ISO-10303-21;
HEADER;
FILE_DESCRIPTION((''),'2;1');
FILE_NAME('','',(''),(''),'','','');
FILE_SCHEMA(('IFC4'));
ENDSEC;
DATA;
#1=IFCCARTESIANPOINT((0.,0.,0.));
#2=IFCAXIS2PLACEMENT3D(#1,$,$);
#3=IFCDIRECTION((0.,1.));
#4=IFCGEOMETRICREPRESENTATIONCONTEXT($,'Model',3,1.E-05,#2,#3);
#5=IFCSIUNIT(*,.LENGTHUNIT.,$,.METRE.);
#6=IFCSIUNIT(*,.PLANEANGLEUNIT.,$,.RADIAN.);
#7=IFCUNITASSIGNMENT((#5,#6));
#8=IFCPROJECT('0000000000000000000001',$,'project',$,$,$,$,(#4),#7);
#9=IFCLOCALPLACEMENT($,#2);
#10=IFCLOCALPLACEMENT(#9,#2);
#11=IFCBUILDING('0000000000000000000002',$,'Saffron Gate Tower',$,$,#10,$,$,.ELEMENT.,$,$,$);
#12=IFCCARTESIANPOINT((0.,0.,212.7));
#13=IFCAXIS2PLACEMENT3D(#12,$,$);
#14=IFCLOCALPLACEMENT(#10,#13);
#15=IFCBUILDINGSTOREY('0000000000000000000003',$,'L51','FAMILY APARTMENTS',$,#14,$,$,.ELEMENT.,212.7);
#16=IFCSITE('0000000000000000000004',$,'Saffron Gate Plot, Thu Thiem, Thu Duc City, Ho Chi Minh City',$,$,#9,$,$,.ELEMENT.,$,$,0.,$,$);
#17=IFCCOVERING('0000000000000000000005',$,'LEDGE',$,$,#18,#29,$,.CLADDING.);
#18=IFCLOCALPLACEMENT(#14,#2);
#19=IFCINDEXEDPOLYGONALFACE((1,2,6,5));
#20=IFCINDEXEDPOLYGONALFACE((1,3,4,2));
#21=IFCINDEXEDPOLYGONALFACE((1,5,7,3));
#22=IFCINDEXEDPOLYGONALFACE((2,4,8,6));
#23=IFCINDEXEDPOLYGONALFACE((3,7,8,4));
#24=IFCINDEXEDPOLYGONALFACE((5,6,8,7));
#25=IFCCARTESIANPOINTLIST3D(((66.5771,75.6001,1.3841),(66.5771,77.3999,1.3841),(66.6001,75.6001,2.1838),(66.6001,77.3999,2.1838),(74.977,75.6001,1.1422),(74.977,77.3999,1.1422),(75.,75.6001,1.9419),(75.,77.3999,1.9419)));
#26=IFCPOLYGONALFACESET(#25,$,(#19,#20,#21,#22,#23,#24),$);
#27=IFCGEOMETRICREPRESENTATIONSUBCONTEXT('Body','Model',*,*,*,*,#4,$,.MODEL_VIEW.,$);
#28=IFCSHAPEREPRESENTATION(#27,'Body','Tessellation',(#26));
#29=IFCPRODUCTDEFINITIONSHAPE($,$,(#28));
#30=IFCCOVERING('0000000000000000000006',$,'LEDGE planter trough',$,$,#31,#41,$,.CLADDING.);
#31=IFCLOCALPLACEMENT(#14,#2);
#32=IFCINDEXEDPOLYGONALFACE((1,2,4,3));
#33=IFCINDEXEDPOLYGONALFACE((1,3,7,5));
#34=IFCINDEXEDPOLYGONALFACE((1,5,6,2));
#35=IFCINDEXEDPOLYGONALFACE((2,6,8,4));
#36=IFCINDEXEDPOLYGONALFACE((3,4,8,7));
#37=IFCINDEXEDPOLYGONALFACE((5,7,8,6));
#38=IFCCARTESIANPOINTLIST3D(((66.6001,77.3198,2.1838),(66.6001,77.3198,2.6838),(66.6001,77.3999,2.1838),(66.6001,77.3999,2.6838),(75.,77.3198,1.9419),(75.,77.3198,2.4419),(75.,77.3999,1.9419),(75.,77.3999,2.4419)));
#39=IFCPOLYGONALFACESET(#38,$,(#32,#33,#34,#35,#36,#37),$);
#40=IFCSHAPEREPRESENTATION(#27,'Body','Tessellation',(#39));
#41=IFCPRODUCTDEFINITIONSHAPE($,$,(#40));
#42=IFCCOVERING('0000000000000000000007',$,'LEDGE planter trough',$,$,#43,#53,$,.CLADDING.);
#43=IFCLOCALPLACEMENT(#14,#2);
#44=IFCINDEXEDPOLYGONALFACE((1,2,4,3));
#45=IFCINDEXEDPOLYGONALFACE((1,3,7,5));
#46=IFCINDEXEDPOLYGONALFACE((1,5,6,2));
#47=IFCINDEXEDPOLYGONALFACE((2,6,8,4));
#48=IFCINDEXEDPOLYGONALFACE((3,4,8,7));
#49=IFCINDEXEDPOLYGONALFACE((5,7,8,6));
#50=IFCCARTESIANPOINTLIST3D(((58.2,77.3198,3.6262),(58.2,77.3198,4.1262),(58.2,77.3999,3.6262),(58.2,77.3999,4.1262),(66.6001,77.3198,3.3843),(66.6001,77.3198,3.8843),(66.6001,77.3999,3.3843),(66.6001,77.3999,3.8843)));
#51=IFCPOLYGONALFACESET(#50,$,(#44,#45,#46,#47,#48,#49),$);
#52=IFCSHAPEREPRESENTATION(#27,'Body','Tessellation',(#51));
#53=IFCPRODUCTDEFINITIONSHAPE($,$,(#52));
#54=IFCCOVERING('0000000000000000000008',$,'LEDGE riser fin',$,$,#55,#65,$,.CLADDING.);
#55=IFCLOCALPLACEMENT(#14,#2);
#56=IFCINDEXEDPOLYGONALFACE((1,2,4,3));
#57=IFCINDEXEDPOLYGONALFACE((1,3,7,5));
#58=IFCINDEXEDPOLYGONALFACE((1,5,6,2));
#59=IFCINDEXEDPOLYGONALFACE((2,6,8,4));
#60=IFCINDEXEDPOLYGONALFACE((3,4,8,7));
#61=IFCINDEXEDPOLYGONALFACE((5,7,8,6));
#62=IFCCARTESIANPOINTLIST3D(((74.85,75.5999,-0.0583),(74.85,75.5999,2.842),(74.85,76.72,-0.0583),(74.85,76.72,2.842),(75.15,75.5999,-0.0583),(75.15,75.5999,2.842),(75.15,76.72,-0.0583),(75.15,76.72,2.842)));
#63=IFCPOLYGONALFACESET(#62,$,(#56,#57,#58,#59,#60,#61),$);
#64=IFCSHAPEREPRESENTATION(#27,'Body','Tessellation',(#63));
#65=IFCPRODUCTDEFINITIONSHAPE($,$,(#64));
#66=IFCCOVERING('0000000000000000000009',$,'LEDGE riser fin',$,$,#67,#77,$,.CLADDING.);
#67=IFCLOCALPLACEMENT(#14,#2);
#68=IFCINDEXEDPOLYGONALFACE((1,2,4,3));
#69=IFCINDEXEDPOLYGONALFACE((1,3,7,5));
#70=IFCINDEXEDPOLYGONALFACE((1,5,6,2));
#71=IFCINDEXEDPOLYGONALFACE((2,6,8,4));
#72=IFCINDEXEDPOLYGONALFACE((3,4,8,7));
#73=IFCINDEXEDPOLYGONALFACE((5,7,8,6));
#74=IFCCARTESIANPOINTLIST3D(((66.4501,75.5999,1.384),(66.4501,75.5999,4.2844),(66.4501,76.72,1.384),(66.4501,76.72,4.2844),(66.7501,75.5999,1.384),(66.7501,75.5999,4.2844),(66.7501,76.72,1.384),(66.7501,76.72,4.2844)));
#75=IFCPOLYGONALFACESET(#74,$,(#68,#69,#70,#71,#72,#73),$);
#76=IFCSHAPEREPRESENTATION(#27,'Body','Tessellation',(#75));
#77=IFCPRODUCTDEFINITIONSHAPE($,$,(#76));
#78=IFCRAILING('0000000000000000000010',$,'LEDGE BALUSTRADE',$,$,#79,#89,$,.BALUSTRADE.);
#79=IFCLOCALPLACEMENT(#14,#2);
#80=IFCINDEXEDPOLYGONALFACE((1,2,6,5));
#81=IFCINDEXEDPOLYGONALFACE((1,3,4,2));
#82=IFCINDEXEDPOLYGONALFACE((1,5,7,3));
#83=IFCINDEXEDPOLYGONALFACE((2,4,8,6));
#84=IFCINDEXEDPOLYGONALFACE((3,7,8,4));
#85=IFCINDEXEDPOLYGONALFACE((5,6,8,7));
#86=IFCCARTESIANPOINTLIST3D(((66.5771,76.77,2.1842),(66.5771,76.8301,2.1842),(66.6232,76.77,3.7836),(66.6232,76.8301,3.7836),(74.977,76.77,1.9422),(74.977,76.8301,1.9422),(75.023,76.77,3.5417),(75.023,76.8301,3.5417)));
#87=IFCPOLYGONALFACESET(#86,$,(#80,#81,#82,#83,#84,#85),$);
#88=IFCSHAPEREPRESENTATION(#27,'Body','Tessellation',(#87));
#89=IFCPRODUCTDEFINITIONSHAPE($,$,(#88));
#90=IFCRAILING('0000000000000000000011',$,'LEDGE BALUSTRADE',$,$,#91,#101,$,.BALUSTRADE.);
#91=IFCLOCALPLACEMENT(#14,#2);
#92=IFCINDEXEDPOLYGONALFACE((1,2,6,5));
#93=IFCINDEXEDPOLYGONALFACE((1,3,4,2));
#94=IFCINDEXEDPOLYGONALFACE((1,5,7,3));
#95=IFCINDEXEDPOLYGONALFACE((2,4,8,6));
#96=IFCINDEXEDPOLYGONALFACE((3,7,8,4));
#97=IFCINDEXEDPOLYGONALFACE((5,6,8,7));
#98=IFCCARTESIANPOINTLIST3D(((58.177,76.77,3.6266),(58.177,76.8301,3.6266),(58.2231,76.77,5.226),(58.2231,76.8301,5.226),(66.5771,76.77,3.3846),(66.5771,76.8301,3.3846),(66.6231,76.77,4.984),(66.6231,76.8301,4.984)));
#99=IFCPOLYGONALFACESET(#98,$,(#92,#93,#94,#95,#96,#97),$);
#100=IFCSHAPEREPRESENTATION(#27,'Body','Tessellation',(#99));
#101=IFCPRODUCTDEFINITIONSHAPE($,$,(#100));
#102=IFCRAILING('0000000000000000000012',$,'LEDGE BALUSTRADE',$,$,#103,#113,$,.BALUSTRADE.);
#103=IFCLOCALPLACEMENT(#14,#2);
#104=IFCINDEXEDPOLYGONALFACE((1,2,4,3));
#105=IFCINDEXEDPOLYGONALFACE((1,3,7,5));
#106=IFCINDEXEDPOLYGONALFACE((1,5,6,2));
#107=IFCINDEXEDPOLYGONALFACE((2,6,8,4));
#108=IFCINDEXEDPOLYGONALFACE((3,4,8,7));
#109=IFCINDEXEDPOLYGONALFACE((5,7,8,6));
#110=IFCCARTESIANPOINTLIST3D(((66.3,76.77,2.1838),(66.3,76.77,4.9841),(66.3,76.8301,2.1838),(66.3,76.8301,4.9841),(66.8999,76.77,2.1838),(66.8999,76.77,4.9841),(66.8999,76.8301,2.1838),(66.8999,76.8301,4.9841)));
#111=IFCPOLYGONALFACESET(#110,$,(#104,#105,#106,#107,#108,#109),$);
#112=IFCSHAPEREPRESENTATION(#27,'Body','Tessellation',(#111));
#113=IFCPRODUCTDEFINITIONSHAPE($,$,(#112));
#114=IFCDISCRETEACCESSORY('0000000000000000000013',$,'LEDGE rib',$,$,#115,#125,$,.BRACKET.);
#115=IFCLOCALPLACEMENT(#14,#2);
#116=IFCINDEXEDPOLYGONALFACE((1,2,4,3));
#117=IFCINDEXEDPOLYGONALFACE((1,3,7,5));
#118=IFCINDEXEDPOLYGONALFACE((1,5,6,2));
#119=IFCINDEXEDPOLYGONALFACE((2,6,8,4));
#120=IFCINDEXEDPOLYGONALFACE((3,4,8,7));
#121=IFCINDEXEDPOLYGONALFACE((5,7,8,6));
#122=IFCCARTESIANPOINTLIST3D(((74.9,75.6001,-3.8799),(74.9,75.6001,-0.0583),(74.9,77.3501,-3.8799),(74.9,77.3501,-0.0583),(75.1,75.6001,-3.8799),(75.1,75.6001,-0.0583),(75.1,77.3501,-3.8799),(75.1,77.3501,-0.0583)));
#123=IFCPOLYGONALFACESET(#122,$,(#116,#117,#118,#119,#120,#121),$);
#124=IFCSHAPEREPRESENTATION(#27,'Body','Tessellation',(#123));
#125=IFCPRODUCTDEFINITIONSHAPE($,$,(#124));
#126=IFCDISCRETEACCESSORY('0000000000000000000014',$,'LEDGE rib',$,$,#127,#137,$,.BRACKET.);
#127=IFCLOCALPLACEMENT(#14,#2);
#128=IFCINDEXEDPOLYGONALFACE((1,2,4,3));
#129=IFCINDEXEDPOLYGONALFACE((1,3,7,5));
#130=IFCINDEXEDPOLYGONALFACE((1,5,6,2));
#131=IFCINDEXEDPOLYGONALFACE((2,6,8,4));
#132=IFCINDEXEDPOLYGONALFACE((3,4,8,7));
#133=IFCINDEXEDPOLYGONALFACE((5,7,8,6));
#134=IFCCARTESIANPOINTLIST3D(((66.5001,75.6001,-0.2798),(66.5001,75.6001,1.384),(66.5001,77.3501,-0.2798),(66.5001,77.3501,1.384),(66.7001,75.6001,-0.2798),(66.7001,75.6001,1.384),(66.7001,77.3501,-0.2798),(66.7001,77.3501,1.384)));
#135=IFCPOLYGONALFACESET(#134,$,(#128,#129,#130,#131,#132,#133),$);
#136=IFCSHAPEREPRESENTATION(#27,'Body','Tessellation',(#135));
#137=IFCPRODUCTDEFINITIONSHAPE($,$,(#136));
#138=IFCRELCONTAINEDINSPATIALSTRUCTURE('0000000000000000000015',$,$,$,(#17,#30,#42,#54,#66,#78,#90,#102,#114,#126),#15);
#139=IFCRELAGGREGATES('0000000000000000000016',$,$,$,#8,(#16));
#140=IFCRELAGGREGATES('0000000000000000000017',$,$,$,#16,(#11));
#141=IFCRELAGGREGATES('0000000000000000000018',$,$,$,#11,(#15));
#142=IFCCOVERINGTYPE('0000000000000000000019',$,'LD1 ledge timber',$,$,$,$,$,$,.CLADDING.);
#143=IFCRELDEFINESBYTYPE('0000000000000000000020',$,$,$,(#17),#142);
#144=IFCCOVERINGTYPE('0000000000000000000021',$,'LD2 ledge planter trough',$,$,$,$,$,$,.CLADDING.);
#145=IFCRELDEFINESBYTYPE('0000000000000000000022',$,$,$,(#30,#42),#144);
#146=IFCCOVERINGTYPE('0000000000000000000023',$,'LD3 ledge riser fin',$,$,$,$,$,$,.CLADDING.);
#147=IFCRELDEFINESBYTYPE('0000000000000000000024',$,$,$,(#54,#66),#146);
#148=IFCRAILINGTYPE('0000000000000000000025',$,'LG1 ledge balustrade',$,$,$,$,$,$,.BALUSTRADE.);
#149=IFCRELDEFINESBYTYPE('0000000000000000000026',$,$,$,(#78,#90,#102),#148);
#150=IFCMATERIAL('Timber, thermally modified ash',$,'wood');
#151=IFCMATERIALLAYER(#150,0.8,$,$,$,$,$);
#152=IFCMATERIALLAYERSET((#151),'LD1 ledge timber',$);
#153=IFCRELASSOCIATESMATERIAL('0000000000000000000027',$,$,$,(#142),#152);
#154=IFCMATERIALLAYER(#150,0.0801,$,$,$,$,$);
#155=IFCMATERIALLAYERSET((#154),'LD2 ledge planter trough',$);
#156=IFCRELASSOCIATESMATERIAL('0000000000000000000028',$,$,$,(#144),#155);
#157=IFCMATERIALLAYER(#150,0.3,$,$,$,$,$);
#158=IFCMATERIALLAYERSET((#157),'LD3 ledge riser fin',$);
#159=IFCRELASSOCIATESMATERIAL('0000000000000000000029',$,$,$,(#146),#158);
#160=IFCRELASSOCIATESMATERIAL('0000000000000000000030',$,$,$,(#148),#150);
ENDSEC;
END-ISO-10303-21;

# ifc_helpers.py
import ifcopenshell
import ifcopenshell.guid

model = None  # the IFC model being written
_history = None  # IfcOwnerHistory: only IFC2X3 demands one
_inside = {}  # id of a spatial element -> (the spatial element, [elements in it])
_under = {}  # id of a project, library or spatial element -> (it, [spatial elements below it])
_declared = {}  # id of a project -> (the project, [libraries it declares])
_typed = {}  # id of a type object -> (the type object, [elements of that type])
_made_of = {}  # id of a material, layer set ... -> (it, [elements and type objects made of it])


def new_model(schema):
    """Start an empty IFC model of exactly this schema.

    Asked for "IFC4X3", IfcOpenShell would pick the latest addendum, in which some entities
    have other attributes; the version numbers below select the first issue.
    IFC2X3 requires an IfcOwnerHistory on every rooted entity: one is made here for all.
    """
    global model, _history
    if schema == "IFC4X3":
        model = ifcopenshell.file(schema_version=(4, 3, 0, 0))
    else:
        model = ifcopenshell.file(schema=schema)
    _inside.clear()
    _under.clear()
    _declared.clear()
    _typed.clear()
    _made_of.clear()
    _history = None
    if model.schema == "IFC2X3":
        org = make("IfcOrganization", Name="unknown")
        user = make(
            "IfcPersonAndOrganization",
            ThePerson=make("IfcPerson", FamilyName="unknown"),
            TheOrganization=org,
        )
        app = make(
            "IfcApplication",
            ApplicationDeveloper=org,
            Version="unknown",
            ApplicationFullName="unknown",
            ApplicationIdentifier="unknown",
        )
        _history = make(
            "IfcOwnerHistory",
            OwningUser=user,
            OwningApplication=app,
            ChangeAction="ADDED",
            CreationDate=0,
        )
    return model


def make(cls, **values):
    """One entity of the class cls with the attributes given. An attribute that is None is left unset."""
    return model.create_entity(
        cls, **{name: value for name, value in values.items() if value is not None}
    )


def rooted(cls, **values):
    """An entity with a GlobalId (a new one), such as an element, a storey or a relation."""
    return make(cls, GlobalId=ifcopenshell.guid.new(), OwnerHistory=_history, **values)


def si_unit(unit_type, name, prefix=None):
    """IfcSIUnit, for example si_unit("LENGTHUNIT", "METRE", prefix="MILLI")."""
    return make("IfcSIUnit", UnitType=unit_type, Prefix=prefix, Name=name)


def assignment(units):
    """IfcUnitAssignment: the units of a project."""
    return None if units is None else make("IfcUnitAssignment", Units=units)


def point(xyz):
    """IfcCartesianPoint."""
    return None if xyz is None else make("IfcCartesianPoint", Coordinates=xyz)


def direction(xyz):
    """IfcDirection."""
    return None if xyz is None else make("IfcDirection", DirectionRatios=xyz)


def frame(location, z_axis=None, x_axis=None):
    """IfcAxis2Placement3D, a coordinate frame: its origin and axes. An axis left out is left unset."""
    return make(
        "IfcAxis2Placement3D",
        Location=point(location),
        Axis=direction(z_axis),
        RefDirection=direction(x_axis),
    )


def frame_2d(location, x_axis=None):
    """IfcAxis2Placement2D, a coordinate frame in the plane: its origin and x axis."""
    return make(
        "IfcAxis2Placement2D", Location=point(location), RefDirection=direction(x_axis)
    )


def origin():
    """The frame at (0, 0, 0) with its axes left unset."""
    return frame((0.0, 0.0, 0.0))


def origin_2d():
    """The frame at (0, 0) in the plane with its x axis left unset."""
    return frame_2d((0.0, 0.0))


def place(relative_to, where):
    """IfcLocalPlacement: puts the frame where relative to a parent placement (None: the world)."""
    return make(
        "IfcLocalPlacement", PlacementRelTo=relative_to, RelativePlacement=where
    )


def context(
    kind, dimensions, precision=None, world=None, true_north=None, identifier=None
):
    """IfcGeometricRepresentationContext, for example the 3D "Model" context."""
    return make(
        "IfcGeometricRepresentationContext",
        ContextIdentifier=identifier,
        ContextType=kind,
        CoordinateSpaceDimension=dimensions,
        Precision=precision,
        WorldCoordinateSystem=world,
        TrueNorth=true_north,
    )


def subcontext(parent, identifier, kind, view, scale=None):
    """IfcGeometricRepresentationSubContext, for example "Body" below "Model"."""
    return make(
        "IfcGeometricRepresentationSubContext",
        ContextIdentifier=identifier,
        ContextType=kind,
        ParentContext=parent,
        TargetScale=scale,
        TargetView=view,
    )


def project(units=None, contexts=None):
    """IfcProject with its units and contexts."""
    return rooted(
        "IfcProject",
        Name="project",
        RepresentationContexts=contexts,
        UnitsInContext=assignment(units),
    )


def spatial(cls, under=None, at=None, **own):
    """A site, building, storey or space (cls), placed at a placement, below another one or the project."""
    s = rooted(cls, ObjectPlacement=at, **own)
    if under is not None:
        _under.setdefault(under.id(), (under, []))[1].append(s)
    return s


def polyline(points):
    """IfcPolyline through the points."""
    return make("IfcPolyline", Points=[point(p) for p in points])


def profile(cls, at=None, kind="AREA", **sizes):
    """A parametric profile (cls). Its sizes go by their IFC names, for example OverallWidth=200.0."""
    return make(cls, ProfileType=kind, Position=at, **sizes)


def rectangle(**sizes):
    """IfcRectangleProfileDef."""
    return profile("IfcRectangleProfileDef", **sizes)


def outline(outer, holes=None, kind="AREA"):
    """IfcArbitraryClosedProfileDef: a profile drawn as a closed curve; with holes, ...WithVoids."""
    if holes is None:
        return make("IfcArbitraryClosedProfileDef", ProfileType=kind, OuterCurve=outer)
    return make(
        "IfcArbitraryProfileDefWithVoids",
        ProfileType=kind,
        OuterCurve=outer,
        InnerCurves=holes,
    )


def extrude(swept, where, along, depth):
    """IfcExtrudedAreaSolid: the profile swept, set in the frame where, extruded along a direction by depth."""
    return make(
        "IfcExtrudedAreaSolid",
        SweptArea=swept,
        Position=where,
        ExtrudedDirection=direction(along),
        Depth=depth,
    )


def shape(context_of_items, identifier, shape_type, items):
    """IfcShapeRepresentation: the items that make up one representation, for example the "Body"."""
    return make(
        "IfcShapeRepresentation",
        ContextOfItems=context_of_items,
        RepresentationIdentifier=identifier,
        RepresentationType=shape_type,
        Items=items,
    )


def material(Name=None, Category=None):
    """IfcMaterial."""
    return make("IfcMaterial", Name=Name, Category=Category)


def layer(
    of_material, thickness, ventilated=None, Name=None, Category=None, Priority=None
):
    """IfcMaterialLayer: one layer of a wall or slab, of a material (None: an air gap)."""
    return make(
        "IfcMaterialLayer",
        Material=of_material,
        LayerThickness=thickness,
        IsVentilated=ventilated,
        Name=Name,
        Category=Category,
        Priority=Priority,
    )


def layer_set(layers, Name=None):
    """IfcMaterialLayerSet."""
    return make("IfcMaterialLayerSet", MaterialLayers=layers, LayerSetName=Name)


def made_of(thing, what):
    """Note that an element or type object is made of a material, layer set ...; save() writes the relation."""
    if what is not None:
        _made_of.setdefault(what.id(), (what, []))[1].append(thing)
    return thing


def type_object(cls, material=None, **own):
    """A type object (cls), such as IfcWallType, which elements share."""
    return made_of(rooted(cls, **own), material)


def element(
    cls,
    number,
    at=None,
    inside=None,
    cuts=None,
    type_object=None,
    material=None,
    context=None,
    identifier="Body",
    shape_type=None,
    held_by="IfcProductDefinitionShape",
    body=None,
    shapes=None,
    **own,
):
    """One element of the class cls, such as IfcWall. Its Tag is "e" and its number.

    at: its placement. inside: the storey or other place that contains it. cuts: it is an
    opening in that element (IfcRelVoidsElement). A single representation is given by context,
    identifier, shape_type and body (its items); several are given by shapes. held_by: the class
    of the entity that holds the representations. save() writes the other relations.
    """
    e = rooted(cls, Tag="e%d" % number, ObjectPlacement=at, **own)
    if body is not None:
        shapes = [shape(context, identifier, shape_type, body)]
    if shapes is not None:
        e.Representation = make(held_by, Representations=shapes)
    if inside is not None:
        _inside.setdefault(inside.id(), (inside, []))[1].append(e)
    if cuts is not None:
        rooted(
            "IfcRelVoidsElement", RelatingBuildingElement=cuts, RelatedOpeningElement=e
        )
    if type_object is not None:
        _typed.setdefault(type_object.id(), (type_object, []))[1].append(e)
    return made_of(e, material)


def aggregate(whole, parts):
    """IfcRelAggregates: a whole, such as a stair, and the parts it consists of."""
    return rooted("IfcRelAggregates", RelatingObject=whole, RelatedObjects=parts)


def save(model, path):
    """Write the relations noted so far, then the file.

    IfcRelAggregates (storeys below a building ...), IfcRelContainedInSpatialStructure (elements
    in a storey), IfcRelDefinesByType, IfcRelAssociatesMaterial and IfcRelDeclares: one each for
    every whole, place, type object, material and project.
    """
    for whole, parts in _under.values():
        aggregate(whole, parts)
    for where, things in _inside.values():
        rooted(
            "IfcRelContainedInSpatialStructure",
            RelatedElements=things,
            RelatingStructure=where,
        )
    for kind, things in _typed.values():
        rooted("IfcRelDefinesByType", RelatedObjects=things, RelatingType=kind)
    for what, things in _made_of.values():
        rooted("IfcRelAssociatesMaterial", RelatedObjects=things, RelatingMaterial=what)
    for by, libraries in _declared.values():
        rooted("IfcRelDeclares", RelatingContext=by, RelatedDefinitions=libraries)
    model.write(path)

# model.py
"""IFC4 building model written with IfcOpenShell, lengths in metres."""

from ifc_helpers import new_model, si_unit, direction, frame, origin, origin_2d, place, context, subcontext, project, spatial, polyline, rectangle, outline, extrude, material, layer, layer_set, type_object, element, save


model = new_model("IFC4")

# Units and contexts
model_context = context("Model", 3, precision=1e-05, world=origin(), true_north=direction((0.0, 1.0)))
body_context = subcontext(model_context, "Body", "Model", "MODEL_VIEW")
ifc_project = project(units=[si_unit("LENGTHUNIT", "METRE"), si_unit("PLANEANGLEUNIT", "RADIAN")], contexts=[model_context])

# Site, building, storey
site_placement = place(None, origin())
site = spatial("IfcSite", under=ifc_project, at=site_placement, Name="Saffron Gate Plot, Thu Thiem, Thu Duc City, Ho Chi Minh City", CompositionType="ELEMENT", RefElevation=0.0)
building_placement = place(site_placement, origin())
building = spatial("IfcBuilding", under=site, at=building_placement, Name="Saffron Gate Tower", CompositionType="ELEMENT")
storey_placement = place(building_placement, frame((0.0, 0.0, 212.7)))
storey = spatial("IfcBuildingStorey", under=building, at=storey_placement, Name="L51", Description="FAMILY APARTMENTS", CompositionType="ELEMENT", Elevation=212.7)

# Coverings
ifc_material_1 = material(Name="Timber, thermally modified ash", Category="wood")
ifc_layer_1 = layer(ifc_material_1, 0.8)
ifc_layer_set_1 = layer_set([ifc_layer_1], Name="LD1 ledge timber")
covering_type_1 = type_object("IfcCoveringType", Name="LD1 ledge timber", PredefinedType="CLADDING", material=ifc_layer_set_1)
covering_1_placement = place(storey_placement, frame((75.0, 75.6001, 1.9419), z_axis=(0.028791, 0.0, 0.999585), x_axis=(-0.999585, 0.0, 0.028791)))
element("IfcCovering", 1, at=covering_1_placement, inside=storey, type_object=covering_type_1, Name="LEDGE", PredefinedType="CLADDING", context=body_context, shape_type="SweptSolid", body=[
    extrude(outline(polyline([(0.0, 0.0), (8.4034, 0.0), (8.4034, -1.7998), (0.0, -1.7998), (0.0, 0.0)])), origin(), (0.0, 0.0, -1.0), 0.8),
])
ifc_layer_2 = layer(ifc_material_1, 0.0801)
ifc_layer_set_2 = layer_set([ifc_layer_2], Name="LD2 ledge planter trough")
covering_type_2 = type_object("IfcCoveringType", Name="LD2 ledge planter trough", PredefinedType="CLADDING", material=ifc_layer_set_2)
covering_2_placement = place(storey_placement, frame((75.0, 77.3999, 1.9419), z_axis=(0.0, 1.0, 0.0), x_axis=(-0.999585, 0.0, 0.028791)))
element("IfcCovering", 2, at=covering_2_placement, inside=storey, type_object=covering_type_2, Name="LEDGE planter trough", PredefinedType="CLADDING", context=body_context, shape_type="SweptSolid", body=[
    extrude(outline(polyline([(0.0, 0.0), (8.4034, 0.0), (8.4178, 0.4998), (0.0144, 0.4998), (0.0, 0.0)])), origin(), (0.0, 0.0, -1.0), 0.0801),
])
covering_3_placement = place(storey_placement, frame((66.6001, 77.3999, 3.3843), z_axis=(0.0, 1.0, 0.0), x_axis=(-0.999585, 0.0, 0.02879)))
element("IfcCovering", 3, at=covering_3_placement, inside=storey, type_object=covering_type_2, Name="LEDGE planter trough", PredefinedType="CLADDING", context=body_context, shape_type="SweptSolid", body=[
    extrude(outline(polyline([(0.0, 0.0), (8.4036, 0.0), (8.418, 0.4998), (0.0144, 0.4998), (0.0, 0.0)])), origin(), (0.0, 0.0, -1.0), 0.0801),
])
ifc_layer_3 = layer(ifc_material_1, 0.3)
ifc_layer_set_3 = layer_set([ifc_layer_3], Name="LD3 ledge riser fin")
covering_type_3 = type_object("IfcCoveringType", Name="LD3 ledge riser fin", PredefinedType="CLADDING", material=ifc_layer_set_3)
for number, where, z_axis, x_axis, name in (
    (4, (75.0, 76.1599, -0.0583), (0.0, 0.0, 1.0), (-1.0, 0.0, 0.0), "LEDGE riser fin"),
    (5, (66.6001, 76.1599, 1.384), (0.0, 0.0, 1.0), (-1.0, 0.0, 0.0), "LEDGE riser fin"),
):
    element("IfcCovering", number, at=place(storey_placement, frame(where, z_axis=z_axis, x_axis=x_axis)), inside=storey, type_object=covering_type_3, Name=name, PredefinedType="CLADDING", context=body_context, shape_type="SweptSolid", body=[
        extrude(rectangle(XDim=0.3, YDim=1.1201, at=origin_2d()), origin(), (0.0, 0.0, 1.0), 2.9004),
    ])

# Railings
railing_type = type_object("IfcRailingType", Name="LG1 ledge balustrade", PredefinedType="BALUSTRADE", material=ifc_material_1)
railing_1_placement = place(storey_placement, frame((75.0, 76.8, 1.9419)))
element("IfcRailing", 6, at=railing_1_placement, inside=storey, type_object=railing_type, Name="LEDGE BALUSTRADE", PredefinedType="BALUSTRADE", context=body_context, shape_type="SweptSolid", body=[
    extrude(rectangle(XDim=0.0601, YDim=1.6001, at=origin_2d()), frame((0.0, 0.0, 0.8), z_axis=(-0.999585, 0.0, 0.028791), x_axis=(0.0, -1.0, 0.0)), (0.0, 0.0, 1.0), 8.4033),
])
railing_2_placement = place(storey_placement, frame((66.6001, 76.8, 3.3843)))
element("IfcRailing", 7, at=railing_2_placement, inside=storey, type_object=railing_type, Name="LEDGE BALUSTRADE", PredefinedType="BALUSTRADE", context=body_context, shape_type="SweptSolid", body=[
    extrude(rectangle(XDim=0.0601, YDim=1.6001, at=origin_2d()), frame((0.0, 0.0, 0.8), z_axis=(-0.999585, 0.0, 0.02879), x_axis=(0.0, -1.0, 0.0)), (0.0, 0.0, 1.0), 8.4036),
])
railing_3_placement = place(storey_placement, frame((66.8999, 76.8, 2.1838)))
element("IfcRailing", 8, at=railing_3_placement, inside=storey, type_object=railing_type, Name="LEDGE BALUSTRADE", PredefinedType="BALUSTRADE", context=body_context, shape_type="SweptSolid", body=[
    extrude(rectangle(XDim=0.0601, YDim=2.8003, at=origin_2d()), frame((0.0, 0.0, 1.4001), z_axis=(-1.0, 0.0, 0.0), x_axis=(0.0, -1.0, 0.0)), (0.0, 0.0, 1.0), 0.5999),
])

# Discrete accessories
discrete_accessory_1_placement = place(storey_placement, frame((75.0, 76.4751, -3.8799), z_axis=(0.0, 0.0, 1.0), x_axis=(-1.0, 0.0, 0.0)))
element("IfcDiscreteAccessory", 9, at=discrete_accessory_1_placement, inside=storey, Name="LEDGE rib", PredefinedType="BRACKET", context=body_context, shape_type="SweptSolid", body=[
    extrude(rectangle(XDim=0.2, YDim=1.75, at=origin_2d()), origin(), (0.0, 0.0, 1.0), 3.8215),
])
discrete_accessory_2_placement = place(storey_placement, frame((66.6001, 76.4751, -0.2798), z_axis=(0.0, 0.0, 1.0), x_axis=(-1.0, 0.0, 0.0)))
element("IfcDiscreteAccessory", 10, at=discrete_accessory_2_placement, inside=storey, Name="LEDGE rib", PredefinedType="BRACKET", context=body_context, shape_type="SweptSolid", body=[
    extrude(rectangle(XDim=0.2, YDim=1.75, at=origin_2d()), origin(), (0.0, 0.0, 1.0), 1.6638),
])

save(model, "model.ifc")
